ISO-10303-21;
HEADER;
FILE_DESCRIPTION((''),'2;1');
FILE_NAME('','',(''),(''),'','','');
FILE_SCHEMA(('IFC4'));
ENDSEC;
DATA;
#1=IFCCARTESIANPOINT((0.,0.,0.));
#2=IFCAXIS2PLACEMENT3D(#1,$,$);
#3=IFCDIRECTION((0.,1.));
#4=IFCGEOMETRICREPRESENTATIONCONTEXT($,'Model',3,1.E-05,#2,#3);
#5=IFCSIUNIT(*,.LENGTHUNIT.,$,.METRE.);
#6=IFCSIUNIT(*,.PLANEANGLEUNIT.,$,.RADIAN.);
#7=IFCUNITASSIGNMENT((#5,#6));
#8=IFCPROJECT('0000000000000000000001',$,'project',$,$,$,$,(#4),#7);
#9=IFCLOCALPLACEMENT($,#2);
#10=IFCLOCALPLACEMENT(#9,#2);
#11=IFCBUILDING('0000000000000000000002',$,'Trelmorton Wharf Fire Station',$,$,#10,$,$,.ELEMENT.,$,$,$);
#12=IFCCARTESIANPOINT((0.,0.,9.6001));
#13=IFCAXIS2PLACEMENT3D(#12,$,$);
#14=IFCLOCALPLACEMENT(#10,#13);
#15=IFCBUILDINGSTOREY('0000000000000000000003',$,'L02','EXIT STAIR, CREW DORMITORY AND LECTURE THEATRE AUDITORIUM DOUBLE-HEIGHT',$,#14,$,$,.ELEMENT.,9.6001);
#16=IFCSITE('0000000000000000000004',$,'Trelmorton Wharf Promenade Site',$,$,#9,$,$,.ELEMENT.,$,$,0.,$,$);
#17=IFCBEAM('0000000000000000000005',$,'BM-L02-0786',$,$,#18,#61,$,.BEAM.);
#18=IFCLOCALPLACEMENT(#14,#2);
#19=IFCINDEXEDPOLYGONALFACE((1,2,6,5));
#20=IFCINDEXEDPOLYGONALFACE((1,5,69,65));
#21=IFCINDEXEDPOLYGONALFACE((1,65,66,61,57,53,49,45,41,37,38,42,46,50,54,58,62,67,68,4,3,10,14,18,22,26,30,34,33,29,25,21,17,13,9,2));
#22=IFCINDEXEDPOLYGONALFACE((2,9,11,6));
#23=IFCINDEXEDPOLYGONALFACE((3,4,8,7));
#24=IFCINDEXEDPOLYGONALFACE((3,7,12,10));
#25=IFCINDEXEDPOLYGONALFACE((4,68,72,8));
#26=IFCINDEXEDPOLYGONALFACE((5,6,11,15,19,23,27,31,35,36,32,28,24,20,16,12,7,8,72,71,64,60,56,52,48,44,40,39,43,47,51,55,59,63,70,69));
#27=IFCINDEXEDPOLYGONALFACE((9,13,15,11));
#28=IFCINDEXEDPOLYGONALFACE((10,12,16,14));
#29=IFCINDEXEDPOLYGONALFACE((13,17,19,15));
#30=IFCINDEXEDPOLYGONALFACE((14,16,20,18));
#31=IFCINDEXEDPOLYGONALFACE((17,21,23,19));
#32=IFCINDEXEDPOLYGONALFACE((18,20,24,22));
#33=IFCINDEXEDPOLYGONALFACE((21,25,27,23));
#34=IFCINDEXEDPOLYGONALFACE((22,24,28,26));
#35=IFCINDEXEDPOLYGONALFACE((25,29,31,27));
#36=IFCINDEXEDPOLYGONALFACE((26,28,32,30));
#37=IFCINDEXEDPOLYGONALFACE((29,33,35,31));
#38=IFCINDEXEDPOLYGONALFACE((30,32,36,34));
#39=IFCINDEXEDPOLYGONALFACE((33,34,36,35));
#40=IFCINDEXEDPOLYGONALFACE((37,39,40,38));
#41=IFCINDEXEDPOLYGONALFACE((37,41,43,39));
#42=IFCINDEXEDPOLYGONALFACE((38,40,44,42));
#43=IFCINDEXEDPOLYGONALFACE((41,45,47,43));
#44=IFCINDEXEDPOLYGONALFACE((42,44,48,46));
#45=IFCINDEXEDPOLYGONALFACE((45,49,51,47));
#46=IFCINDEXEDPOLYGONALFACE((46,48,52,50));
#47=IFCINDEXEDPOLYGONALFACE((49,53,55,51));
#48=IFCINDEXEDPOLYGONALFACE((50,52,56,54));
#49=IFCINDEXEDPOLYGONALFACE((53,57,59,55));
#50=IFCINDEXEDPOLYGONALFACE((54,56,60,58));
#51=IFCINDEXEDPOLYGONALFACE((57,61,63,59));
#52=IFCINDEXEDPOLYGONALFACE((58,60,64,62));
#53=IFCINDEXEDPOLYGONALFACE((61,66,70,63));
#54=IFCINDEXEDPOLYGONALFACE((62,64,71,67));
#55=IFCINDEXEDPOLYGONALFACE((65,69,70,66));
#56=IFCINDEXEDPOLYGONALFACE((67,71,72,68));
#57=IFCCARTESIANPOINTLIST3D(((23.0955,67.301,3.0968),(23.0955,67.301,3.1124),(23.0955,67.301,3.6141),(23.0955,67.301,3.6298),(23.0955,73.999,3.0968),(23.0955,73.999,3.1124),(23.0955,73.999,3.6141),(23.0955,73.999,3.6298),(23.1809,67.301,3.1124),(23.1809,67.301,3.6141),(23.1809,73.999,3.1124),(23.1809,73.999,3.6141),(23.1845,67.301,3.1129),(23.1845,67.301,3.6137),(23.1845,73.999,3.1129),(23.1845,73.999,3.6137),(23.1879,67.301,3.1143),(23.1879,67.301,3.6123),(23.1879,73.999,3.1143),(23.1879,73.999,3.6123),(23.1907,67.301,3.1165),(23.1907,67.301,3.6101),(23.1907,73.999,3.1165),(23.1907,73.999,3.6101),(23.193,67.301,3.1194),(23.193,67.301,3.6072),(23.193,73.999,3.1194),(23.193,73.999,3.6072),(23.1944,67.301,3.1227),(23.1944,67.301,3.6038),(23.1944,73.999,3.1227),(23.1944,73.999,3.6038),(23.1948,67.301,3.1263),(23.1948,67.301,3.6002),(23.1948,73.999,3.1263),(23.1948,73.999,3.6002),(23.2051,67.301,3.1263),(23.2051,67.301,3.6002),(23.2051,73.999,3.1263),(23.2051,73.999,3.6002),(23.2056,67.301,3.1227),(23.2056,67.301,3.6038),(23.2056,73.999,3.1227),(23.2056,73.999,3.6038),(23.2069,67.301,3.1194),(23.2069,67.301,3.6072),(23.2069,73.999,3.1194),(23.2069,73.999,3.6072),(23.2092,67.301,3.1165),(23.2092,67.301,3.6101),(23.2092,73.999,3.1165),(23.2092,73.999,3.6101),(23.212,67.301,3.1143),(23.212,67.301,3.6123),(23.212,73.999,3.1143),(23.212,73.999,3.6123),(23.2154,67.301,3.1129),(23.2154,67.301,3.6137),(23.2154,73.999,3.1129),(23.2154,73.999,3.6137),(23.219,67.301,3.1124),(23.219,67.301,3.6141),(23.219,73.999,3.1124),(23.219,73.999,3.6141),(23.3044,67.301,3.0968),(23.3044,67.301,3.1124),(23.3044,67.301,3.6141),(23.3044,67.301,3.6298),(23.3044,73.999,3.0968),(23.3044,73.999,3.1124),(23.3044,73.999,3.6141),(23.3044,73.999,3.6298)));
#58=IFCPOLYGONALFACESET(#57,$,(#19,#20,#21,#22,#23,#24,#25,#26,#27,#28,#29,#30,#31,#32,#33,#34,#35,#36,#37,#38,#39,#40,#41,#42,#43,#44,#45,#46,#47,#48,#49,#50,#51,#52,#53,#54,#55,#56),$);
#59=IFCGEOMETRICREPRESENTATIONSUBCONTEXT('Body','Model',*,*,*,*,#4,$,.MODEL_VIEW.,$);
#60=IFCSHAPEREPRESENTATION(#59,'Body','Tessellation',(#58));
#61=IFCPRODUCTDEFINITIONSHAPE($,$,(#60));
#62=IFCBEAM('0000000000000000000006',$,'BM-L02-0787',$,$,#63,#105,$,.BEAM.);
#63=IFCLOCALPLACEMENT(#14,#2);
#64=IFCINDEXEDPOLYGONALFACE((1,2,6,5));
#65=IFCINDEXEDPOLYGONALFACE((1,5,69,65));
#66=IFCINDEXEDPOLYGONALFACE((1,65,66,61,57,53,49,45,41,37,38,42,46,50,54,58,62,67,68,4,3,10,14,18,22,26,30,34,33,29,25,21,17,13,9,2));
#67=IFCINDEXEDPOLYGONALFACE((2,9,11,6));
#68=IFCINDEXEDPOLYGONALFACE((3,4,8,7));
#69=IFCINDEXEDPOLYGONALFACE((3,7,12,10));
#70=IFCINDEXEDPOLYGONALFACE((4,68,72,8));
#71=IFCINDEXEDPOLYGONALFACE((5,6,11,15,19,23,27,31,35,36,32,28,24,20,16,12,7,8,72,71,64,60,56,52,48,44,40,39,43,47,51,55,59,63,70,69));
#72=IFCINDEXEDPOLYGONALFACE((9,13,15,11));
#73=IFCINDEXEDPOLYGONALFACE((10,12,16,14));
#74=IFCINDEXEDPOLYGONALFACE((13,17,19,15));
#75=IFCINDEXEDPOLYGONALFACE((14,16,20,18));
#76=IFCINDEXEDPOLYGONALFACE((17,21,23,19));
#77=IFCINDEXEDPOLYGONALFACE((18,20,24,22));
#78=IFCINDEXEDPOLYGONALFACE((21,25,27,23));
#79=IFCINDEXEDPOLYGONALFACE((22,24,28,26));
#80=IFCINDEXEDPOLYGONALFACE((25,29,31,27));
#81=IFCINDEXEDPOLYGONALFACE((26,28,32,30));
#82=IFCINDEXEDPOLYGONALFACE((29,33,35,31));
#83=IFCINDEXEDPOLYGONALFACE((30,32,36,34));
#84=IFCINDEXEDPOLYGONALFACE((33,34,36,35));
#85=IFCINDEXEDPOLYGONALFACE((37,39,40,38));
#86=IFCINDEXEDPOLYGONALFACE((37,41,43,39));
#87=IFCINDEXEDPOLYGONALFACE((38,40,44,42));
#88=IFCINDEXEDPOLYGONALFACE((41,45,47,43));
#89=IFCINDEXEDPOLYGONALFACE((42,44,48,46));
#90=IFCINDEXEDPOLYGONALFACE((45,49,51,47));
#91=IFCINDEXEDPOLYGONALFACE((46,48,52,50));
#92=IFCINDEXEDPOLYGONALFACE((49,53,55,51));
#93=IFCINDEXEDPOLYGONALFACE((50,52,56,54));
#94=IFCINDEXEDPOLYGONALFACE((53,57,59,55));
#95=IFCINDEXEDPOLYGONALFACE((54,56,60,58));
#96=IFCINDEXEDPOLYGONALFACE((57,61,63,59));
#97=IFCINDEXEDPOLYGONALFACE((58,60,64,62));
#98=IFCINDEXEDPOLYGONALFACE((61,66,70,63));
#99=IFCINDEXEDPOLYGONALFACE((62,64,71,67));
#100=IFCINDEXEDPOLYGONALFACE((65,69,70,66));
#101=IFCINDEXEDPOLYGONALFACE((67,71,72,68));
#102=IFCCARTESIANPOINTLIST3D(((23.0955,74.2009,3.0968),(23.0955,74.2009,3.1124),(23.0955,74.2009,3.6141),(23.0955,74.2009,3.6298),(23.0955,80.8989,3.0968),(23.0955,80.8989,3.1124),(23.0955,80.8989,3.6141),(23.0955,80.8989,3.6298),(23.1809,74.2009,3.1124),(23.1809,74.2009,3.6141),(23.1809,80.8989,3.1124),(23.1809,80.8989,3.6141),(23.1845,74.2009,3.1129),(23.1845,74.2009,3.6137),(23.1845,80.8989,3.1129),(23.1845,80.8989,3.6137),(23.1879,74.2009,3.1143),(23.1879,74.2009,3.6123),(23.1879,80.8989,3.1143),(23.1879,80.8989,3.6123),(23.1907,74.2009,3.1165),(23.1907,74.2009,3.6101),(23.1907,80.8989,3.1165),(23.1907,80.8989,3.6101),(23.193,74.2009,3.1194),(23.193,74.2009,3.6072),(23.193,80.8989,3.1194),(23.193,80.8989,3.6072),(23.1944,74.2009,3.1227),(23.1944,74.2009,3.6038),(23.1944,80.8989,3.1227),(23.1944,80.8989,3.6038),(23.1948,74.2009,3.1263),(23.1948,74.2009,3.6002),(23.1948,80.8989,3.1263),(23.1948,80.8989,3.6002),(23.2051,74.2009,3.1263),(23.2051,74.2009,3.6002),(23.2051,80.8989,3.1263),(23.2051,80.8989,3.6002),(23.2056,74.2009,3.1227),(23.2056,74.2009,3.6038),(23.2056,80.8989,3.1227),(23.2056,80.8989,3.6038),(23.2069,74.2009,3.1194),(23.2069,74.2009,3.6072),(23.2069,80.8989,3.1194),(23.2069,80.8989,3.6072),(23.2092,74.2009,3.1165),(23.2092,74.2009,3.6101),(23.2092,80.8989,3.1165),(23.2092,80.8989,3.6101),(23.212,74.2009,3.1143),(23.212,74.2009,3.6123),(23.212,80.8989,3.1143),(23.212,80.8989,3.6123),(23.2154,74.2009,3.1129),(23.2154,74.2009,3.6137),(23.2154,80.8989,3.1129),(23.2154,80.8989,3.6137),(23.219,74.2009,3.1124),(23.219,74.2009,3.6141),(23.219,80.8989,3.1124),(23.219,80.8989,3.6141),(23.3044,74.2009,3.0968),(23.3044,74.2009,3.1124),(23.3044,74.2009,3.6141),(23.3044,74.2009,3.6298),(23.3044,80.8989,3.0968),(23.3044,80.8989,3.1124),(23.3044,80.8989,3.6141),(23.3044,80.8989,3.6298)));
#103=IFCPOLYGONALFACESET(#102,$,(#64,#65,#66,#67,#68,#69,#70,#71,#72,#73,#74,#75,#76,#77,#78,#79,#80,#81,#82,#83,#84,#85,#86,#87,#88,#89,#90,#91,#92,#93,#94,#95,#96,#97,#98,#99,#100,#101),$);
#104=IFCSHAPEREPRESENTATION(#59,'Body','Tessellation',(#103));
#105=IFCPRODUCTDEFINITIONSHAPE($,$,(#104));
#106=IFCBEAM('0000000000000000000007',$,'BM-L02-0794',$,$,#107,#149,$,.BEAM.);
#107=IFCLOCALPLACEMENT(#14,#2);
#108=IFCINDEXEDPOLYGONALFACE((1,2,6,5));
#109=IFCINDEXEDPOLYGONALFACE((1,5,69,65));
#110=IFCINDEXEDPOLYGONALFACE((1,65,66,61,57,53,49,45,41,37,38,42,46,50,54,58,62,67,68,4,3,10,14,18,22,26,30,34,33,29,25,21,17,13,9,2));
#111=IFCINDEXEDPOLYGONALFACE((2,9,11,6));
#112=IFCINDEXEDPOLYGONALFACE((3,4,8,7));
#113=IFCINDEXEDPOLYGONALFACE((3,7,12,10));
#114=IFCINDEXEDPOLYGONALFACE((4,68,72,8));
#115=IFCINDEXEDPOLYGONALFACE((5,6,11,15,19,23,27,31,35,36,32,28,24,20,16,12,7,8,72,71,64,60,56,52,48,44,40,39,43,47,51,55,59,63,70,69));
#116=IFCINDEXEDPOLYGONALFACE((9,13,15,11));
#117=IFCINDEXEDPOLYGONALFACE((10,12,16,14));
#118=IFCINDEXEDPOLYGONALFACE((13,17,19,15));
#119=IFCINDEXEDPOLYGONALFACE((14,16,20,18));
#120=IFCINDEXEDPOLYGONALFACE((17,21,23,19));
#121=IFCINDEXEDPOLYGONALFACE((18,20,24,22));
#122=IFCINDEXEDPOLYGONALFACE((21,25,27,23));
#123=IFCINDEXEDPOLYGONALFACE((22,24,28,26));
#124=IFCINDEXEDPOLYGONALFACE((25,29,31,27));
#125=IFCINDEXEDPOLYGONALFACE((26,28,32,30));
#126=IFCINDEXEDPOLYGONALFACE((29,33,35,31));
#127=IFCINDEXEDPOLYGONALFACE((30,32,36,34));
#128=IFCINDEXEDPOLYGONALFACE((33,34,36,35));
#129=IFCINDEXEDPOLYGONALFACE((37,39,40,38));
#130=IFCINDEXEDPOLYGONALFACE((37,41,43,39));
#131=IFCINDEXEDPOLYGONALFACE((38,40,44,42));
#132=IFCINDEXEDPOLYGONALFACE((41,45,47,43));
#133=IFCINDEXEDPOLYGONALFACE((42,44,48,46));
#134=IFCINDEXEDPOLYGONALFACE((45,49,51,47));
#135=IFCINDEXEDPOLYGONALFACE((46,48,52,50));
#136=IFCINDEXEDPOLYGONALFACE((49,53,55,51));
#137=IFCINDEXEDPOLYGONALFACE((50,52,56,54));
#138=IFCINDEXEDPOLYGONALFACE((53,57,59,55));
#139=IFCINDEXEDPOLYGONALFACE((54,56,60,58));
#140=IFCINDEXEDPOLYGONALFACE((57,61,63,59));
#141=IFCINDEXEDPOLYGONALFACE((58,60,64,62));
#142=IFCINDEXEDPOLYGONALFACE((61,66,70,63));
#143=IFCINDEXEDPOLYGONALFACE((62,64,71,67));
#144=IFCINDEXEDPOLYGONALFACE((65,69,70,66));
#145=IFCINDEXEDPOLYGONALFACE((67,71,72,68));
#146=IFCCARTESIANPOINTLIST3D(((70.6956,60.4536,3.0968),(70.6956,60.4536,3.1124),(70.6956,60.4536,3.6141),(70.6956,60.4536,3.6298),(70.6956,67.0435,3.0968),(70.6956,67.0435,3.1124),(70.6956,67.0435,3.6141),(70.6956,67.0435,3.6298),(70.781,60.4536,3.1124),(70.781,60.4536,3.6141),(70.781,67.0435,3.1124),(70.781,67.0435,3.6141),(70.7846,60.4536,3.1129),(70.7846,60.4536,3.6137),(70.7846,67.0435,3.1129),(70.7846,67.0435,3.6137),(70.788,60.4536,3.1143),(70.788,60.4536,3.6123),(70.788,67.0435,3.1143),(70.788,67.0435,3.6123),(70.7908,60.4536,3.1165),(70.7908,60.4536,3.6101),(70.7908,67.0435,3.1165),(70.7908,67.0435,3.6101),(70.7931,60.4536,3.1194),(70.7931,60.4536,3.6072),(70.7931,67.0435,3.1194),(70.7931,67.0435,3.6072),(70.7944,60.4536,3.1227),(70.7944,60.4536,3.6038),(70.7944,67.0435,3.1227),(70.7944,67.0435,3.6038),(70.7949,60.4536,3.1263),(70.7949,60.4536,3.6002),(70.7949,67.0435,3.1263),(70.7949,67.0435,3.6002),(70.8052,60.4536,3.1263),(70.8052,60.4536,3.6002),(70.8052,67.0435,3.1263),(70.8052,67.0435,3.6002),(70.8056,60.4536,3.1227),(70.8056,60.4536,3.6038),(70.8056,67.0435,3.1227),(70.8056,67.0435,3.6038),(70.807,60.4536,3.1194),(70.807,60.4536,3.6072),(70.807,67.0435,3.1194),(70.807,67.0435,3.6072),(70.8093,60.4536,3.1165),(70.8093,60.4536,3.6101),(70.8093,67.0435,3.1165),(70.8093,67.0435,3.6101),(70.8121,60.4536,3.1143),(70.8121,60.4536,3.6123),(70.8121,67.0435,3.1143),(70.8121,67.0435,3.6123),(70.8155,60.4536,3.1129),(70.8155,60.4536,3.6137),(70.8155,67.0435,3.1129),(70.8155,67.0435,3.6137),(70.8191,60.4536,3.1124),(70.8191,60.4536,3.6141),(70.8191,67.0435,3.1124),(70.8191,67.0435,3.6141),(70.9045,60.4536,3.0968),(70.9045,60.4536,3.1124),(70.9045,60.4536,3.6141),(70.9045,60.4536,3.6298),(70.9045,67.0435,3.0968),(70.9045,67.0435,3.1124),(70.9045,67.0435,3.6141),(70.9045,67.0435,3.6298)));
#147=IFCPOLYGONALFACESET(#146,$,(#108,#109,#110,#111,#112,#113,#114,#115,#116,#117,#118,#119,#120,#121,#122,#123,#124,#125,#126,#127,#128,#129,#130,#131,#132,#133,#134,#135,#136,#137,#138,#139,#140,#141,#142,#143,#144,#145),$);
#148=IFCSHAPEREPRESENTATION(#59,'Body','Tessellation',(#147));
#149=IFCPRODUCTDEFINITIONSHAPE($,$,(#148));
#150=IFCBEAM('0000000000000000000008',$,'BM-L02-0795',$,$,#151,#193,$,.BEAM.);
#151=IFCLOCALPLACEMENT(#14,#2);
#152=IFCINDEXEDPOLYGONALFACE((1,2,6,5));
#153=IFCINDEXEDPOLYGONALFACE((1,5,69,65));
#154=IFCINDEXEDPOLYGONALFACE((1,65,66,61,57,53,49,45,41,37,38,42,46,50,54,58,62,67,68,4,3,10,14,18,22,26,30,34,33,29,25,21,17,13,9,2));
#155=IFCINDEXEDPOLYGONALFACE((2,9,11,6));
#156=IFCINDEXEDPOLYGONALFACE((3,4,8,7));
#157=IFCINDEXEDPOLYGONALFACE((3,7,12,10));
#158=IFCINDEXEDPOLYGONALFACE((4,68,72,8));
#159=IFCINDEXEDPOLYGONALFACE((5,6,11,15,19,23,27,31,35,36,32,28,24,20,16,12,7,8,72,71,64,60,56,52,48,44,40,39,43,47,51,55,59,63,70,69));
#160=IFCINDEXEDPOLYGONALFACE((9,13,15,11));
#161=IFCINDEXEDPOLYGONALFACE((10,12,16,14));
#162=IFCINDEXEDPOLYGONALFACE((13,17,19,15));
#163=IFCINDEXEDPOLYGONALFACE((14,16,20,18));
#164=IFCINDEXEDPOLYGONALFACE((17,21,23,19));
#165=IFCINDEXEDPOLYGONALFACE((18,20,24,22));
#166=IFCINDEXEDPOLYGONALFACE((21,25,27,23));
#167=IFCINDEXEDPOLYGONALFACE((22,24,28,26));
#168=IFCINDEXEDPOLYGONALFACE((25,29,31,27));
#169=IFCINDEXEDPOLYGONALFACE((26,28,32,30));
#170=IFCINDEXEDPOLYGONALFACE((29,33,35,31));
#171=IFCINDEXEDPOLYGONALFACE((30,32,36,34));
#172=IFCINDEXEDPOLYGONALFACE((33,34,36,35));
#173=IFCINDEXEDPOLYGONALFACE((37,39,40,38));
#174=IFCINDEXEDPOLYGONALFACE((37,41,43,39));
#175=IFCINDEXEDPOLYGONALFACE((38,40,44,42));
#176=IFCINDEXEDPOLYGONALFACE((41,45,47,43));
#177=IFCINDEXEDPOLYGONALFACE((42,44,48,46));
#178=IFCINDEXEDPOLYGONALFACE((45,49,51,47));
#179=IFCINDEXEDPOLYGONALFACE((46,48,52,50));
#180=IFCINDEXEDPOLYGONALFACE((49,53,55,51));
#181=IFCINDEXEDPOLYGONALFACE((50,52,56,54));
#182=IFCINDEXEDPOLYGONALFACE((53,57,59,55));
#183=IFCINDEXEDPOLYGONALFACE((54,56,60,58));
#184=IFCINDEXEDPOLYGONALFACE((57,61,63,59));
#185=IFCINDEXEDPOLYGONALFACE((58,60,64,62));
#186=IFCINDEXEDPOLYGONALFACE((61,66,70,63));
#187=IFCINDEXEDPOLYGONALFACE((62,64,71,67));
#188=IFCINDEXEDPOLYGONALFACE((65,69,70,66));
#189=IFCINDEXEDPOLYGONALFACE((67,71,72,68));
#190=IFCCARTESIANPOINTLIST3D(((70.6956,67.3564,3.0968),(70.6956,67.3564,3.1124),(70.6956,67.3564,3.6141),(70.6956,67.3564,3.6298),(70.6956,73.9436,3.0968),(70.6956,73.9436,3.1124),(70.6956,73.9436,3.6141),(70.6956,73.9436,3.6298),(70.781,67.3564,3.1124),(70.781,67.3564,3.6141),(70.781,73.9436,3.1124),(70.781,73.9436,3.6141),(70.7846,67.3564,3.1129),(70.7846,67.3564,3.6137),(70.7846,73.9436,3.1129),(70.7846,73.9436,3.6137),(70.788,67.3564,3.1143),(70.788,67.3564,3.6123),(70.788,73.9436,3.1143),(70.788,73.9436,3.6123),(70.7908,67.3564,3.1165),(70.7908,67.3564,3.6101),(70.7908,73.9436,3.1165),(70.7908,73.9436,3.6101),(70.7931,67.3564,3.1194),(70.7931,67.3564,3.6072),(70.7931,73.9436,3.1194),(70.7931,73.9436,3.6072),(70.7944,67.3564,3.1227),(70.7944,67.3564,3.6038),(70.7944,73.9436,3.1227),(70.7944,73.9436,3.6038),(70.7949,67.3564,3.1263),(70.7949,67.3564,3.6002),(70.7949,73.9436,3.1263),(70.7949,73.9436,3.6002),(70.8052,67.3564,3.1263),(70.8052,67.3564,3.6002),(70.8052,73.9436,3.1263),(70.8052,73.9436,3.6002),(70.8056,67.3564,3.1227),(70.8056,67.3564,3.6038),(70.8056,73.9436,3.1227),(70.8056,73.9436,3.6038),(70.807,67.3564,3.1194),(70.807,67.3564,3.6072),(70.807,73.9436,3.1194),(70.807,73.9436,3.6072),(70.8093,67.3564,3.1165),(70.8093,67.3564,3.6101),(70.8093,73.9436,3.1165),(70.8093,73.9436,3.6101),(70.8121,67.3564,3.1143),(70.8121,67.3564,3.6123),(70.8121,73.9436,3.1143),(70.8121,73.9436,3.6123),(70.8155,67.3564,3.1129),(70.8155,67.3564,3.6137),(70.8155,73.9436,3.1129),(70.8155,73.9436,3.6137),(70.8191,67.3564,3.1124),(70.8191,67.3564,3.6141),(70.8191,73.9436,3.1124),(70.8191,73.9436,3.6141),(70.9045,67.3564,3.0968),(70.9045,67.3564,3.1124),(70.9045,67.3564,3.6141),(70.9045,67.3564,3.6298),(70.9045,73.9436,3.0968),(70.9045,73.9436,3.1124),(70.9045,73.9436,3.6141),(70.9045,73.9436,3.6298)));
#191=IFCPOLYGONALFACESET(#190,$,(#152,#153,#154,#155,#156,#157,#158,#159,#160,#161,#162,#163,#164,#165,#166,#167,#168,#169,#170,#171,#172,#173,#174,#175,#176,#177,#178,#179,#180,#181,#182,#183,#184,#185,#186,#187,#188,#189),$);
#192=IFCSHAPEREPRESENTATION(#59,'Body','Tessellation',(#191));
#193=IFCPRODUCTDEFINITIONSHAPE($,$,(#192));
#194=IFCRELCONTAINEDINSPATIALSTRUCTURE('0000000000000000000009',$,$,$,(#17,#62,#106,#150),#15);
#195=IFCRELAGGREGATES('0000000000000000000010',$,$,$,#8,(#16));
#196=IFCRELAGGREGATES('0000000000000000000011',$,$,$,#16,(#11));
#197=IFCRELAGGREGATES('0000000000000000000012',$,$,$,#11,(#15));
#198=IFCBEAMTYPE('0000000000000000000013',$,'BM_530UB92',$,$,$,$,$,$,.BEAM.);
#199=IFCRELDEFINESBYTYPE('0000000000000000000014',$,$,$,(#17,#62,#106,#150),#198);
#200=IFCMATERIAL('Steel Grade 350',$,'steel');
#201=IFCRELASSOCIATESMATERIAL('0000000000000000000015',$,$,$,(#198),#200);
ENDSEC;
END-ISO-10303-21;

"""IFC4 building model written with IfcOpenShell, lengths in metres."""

from ifc_helpers import new_model, si_unit, direction, frame, origin, origin_2d, place, context, subcontext, project, spatial, i_section, extrude, material, material_profile, profile_set, type_object, element, save


model = new_model("IFC4")

# Units and contexts
model_context = context("Model", 3, precision=1e-05, world=origin(), true_north=direction((0.0, 1.0)))
body_context = subcontext(model_context, "Body", "Model", "MODEL_VIEW")
ifc_project = project(units=[si_unit("LENGTHUNIT", "METRE"), si_unit("PLANEANGLEUNIT", "RADIAN")], contexts=[model_context])

# Site, building, storey
site_placement = place(None, origin())
site = spatial("IfcSite", under=ifc_project, at=site_placement, Name="Trelmorton Wharf Promenade Site", CompositionType="ELEMENT", RefElevation=0.0)
building_placement = place(site_placement, origin())
building = spatial("IfcBuilding", under=site, at=building_placement, Name="Trelmorton Wharf Fire Station", CompositionType="ELEMENT")
storey_placement = place(building_placement, frame((0.0, 0.0, 9.6001)))
storey = spatial("IfcBuildingStorey", under=building, at=storey_placement, Name="L02", Description="EXIT STAIR, CREW DORMITORY AND LECTURE THEATRE AUDITORIUM DOUBLE-HEIGHT", CompositionType="ELEMENT", Elevation=9.6001)

# Shared definitions
ifc_material_1 = material(Name="Steel Grade 350", Category="steel")

# Beams
ifc_material_profile_1 = material_profile(ifc_material_1, i_section(OverallWidth=0.209, OverallDepth=0.533, WebThickness=0.0103, FlangeThickness=0.0156, FilletRadius=0.0139, at=origin_2d()), Name="530UB92.4")
ifc_profile_set_1 = profile_set([ifc_material_profile_1], Name="Steel Grade 350")
beam_type_1 = type_object("IfcBeamType", Name="BM_530UB92", PredefinedType="BEAM", material=ifc_profile_set_1)
for number, where, z_axis, x_axis, name in (
    (1, (23.2, 67.301, 3.3633), (0.0, 1.0, 0.0), (-1.0, 0.0, 0.0), "BM-L02-0786"),
    (2, (23.2, 74.2009, 3.3633), (0.0, 1.0, 0.0), (-1.0, 0.0, 0.0), "BM-L02-0787"),
):
    element("IfcBeam", number, at=place(storey_placement, frame(where, z_axis=z_axis, x_axis=x_axis)), inside=storey, type_object=beam_type_1, Name=name, PredefinedType="BEAM", context=body_context, shape_type="SweptSolid", body=[
        extrude(i_section(OverallWidth=0.209, OverallDepth=0.533, WebThickness=0.0103, FlangeThickness=0.0156, FilletRadius=0.0139, at=origin_2d()), origin(), (0.0, 0.0, 1.0), 6.698),
    ])
beam_1_placement = place(storey_placement, frame((70.8, 60.4536, 3.3633), z_axis=(0.0, 1.0, 0.0), x_axis=(-1.0, 0.0, 0.0)))
element("IfcBeam", 3, at=beam_1_placement, inside=storey, type_object=beam_type_1, Name="BM-L02-0794", PredefinedType="BEAM", context=body_context, shape_type="SweptSolid", body=[
    extrude(i_section(OverallWidth=0.209, OverallDepth=0.533, WebThickness=0.0103, FlangeThickness=0.0156, FilletRadius=0.0139, at=origin_2d()), origin(), (0.0, 0.0, 1.0), 6.5898),
])
beam_2_placement = place(storey_placement, frame((70.8, 67.3564, 3.3633), z_axis=(0.0, 1.0, 0.0), x_axis=(-1.0, 0.0, 0.0)))
element("IfcBeam", 4, at=beam_2_placement, inside=storey, type_object=beam_type_1, Name="BM-L02-0795", PredefinedType="BEAM", context=body_context, shape_type="SweptSolid", body=[
    extrude(i_section(OverallWidth=0.209, OverallDepth=0.533, WebThickness=0.0103, FlangeThickness=0.0156, FilletRadius=0.0139, at=origin_2d()), origin(), (0.0, 0.0, 1.0), 6.5872),
])

save(model, "model.ifc")
